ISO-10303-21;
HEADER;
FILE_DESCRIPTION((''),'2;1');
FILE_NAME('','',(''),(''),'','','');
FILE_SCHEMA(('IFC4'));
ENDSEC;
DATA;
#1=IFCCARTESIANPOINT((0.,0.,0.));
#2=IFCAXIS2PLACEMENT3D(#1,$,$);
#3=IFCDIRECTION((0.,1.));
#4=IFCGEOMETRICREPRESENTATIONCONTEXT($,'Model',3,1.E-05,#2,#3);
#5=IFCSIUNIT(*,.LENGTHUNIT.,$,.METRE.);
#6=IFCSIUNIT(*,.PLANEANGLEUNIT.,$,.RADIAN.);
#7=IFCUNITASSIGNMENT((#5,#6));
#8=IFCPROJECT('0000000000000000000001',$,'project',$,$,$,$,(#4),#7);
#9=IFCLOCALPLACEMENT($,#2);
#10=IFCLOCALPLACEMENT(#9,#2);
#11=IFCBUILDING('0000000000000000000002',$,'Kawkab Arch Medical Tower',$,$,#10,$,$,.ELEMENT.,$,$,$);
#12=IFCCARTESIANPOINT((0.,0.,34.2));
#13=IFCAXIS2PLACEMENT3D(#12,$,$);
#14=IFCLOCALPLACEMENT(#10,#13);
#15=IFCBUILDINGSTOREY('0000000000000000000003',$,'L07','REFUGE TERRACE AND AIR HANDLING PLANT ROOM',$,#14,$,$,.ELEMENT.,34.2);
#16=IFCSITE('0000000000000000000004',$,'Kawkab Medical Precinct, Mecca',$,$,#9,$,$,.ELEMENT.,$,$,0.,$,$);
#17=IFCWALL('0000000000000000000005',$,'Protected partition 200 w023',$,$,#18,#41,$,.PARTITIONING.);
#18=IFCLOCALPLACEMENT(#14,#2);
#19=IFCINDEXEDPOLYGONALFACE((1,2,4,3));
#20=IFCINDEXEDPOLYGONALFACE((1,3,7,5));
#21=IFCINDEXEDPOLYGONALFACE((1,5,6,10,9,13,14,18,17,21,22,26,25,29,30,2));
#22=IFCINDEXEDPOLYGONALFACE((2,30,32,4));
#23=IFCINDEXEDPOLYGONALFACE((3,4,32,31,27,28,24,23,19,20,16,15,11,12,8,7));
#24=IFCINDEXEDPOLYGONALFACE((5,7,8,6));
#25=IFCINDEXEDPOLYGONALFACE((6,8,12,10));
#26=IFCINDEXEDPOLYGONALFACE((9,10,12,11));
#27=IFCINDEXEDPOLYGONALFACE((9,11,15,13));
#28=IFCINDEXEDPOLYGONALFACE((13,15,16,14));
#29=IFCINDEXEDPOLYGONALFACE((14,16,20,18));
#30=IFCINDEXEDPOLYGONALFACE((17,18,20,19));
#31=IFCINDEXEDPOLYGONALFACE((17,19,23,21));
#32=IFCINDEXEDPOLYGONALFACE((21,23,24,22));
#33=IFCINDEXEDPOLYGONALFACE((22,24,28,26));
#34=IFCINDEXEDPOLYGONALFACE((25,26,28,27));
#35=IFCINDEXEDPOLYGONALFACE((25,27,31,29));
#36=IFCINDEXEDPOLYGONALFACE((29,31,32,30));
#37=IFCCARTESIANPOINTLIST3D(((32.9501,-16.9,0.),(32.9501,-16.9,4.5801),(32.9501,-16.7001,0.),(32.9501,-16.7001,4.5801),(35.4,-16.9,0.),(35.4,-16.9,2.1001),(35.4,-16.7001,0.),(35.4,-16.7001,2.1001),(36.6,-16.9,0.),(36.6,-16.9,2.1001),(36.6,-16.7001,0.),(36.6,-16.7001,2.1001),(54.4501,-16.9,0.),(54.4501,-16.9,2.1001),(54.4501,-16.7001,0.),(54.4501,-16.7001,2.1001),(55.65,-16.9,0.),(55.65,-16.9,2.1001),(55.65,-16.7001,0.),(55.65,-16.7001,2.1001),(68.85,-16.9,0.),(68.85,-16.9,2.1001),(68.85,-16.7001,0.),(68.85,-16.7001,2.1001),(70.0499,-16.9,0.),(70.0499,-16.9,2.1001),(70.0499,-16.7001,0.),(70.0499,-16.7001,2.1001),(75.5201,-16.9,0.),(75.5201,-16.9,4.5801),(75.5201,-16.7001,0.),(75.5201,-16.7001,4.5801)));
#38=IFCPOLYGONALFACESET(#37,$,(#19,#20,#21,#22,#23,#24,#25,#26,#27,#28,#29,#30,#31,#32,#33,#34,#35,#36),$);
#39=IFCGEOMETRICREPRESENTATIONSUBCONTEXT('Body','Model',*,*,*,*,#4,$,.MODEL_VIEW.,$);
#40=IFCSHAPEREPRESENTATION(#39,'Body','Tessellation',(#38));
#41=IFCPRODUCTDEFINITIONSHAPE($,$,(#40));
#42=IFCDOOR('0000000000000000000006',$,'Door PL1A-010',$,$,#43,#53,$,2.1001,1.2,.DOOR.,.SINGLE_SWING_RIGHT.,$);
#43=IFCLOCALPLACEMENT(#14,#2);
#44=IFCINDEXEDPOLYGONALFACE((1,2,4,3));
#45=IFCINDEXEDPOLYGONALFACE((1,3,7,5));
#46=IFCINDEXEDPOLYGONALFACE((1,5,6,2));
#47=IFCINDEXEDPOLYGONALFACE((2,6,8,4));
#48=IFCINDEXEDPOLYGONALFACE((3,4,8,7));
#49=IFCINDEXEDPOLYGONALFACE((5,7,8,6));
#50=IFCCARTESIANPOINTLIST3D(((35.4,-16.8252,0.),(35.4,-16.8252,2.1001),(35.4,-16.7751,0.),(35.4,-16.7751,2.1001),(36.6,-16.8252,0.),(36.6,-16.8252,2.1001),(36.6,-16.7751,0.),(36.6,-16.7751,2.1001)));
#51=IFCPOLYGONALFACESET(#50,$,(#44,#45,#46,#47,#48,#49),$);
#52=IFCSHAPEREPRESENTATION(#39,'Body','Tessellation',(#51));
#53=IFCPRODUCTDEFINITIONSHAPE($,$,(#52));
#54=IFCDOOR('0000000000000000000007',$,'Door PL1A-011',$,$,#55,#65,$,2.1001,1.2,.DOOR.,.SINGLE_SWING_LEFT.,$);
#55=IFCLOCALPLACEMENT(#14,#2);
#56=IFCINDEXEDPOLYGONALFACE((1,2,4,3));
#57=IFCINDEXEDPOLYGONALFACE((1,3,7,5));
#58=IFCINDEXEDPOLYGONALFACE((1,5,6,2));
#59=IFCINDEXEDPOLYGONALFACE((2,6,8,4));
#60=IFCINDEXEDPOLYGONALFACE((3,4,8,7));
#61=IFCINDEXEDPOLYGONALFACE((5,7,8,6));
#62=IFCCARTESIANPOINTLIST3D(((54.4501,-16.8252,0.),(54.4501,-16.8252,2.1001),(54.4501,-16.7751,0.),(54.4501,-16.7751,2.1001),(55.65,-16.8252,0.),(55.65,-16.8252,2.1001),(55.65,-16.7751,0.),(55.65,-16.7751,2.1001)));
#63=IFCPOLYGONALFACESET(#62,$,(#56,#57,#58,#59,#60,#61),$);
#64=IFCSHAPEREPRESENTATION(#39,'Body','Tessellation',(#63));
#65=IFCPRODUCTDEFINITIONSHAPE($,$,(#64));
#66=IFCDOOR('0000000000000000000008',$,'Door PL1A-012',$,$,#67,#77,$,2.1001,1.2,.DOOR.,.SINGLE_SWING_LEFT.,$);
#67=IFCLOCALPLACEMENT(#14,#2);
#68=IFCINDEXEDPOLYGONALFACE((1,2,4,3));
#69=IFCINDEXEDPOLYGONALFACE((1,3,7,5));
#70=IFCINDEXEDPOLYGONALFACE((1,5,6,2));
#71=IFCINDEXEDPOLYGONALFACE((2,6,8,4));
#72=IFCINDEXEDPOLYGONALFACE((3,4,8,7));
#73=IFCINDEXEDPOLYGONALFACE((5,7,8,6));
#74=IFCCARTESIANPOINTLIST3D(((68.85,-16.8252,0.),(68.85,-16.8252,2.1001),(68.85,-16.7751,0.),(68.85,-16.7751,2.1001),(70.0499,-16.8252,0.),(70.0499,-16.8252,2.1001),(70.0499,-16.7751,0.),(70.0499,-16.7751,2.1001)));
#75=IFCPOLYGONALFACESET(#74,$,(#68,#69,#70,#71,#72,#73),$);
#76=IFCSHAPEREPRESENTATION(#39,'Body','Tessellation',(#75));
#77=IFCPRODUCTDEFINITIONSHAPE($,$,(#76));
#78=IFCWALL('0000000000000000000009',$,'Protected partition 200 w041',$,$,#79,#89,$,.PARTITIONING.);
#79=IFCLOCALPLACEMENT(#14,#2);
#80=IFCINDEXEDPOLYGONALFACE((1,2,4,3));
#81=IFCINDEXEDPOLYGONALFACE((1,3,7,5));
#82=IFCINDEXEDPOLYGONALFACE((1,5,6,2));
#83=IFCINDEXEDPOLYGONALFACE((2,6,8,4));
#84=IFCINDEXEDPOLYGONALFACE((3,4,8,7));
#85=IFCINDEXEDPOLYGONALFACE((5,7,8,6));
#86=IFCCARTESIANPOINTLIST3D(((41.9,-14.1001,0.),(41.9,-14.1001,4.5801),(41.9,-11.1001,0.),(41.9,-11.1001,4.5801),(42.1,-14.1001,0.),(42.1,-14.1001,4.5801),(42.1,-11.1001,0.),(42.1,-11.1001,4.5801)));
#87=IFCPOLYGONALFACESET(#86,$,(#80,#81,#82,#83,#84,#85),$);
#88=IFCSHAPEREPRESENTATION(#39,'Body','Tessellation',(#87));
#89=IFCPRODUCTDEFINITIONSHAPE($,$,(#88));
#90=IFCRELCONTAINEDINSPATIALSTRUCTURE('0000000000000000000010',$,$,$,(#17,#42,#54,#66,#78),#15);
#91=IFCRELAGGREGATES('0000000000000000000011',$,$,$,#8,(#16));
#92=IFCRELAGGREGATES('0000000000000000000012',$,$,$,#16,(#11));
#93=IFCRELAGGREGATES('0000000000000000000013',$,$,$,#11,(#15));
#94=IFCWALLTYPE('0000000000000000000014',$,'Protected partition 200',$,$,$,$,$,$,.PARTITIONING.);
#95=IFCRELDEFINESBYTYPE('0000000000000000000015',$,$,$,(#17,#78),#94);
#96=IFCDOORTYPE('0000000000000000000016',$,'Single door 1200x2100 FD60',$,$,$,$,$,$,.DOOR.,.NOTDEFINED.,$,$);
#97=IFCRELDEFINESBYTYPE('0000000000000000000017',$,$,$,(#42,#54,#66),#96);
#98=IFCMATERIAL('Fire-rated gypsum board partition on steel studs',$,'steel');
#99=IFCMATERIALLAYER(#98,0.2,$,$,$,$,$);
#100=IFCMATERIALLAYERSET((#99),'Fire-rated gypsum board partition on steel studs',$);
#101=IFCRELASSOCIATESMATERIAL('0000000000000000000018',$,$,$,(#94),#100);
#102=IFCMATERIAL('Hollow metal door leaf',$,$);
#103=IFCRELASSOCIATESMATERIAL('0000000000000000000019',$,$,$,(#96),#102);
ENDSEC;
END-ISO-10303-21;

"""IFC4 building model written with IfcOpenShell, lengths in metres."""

from ifc_helpers import new_model, si_unit, direction, frame, frame_2d, origin, place, context, subcontext, project, spatial, rectangle, extrude, material, layer, layer_set, type_object, element, fill, save


model = new_model("IFC4")

# Units and contexts
model_context = context("Model", 3, precision=1e-05, world=origin(), true_north=direction((0.0, 1.0)))
body_context = subcontext(model_context, "Body", "Model", "MODEL_VIEW")
ifc_project = project(units=[si_unit("LENGTHUNIT", "METRE"), si_unit("PLANEANGLEUNIT", "RADIAN")], contexts=[model_context])

# Site, building, storey
site_placement = place(None, origin())
site = spatial("IfcSite", under=ifc_project, at=site_placement, Name="Kawkab Medical Precinct, Mecca", CompositionType="ELEMENT", RefElevation=0.0)
building_placement = place(site_placement, origin())
building = spatial("IfcBuilding", under=site, at=building_placement, Name="Kawkab Arch Medical Tower", CompositionType="ELEMENT")
storey_placement = place(building_placement, frame((0.0, 0.0, 34.2)))
storey = spatial("IfcBuildingStorey", under=building, at=storey_placement, Name="L07", Description="REFUGE TERRACE AND AIR HANDLING PLANT ROOM", CompositionType="ELEMENT", Elevation=34.2)

# Wall, openings, doors
ifc_material_1 = material(Name="Fire-rated gypsum board partition on steel studs", Category="steel")
ifc_layer_1 = layer(ifc_material_1, 0.2)
ifc_layer_set_1 = layer_set([ifc_layer_1], Name="Fire-rated gypsum board partition on steel studs")
wall_type_1 = type_object("IfcWallType", Name="Protected partition 200", PredefinedType="PARTITIONING", material=ifc_layer_set_1)
wall_1_placement = place(storey_placement, frame((32.95, -16.8, 0.0), z_axis=(0.0, 0.0, 1.0), x_axis=(1.0, 0.0, 0.0)))
wall_1 = element("IfcWall", 1, at=wall_1_placement, inside=storey, type_object=wall_type_1, Name="Protected partition 200 w023", PredefinedType="PARTITIONING", context=body_context, shape_type="SweptSolid", body=[
    extrude(rectangle(XDim=42.5701, YDim=0.2, at=frame_2d((21.2852, 0.0))), origin(), (0.0, 0.0, 1.0), 4.5801),
])
opening_1_placement = place(wall_1_placement, frame((2.45, 0.0, 0.0)))
opening_1 = element("IfcOpeningElement", 2, at=opening_1_placement, cuts=wall_1, PredefinedType="OPENING", context=body_context, shape_type="SweptSolid", body=[
    extrude(rectangle(XDim=1.2, YDim=2.1001, at=frame_2d((0.6001, 1.05))), frame((0.0, 0.1099, 0.0), z_axis=(0.0, -1.0, 0.0), x_axis=(1.0, 0.0, 0.0)), (0.0, 0.0, 1.0), 0.22),
])
opening_2_placement = place(wall_1_placement, frame((21.5, 0.0, 0.0)))
opening_2 = element("IfcOpeningElement", 3, at=opening_2_placement, cuts=wall_1, PredefinedType="OPENING", context=body_context, shape_type="SweptSolid", body=[
    extrude(rectangle(XDim=1.2, YDim=2.1001, at=frame_2d((0.6001, 1.05))), frame((0.0, 0.1099, 0.0), z_axis=(0.0, -1.0, 0.0), x_axis=(1.0, 0.0, 0.0)), (0.0, 0.0, 1.0), 0.22),
])
opening_3_placement = place(wall_1_placement, frame((35.8999, 0.0, 0.0)))
opening_3 = element("IfcOpeningElement", 4, at=opening_3_placement, cuts=wall_1, PredefinedType="OPENING", context=body_context, shape_type="SweptSolid", body=[
    extrude(rectangle(XDim=1.2, YDim=2.1001, at=frame_2d((0.6001, 1.05))), frame((0.0, 0.1099, 0.0), z_axis=(0.0, -1.0, 0.0), x_axis=(1.0, 0.0, 0.0)), (0.0, 0.0, 1.0), 0.22),
])
ifc_material_2 = material(Name="Hollow metal door leaf")
door_type_1 = type_object("IfcDoorType", Name="Single door 1200x2100 FD60", OperationType="NOTDEFINED", PredefinedType="DOOR", material=ifc_material_2)
door_1_placement = place(opening_1_placement, origin())
door_1 = element("IfcDoor", 5, at=door_1_placement, inside=storey, type_object=door_type_1, Name="Door PL1A-010", OperationType="SINGLE_SWING_RIGHT", OverallHeight=2.1001, OverallWidth=1.2, PredefinedType="DOOR", context=body_context, shape_type="SweptSolid", body=[
    extrude(rectangle(XDim=1.2, YDim=2.1001, at=frame_2d((0.6001, 1.05))), frame((0.0, 0.0249, 0.0), z_axis=(0.0, -1.0, 0.0), x_axis=(1.0, 0.0, 0.0)), (0.0, 0.0, 1.0), 0.05),
])
fill(opening_1, door_1)
door_2_placement = place(opening_2_placement, origin())
door_2 = element("IfcDoor", 6, at=door_2_placement, inside=storey, type_object=door_type_1, Name="Door PL1A-011", OperationType="SINGLE_SWING_LEFT", OverallHeight=2.1001, OverallWidth=1.2, PredefinedType="DOOR", context=body_context, shape_type="SweptSolid", body=[
    extrude(rectangle(XDim=1.2, YDim=2.1001, at=frame_2d((0.6001, 1.05))), frame((0.0, 0.0249, 0.0), z_axis=(0.0, -1.0, 0.0), x_axis=(1.0, 0.0, 0.0)), (0.0, 0.0, 1.0), 0.05),
])
fill(opening_2, door_2)
door_3_placement = place(opening_3_placement, origin())
door_3 = element("IfcDoor", 7, at=door_3_placement, inside=storey, type_object=door_type_1, Name="Door PL1A-012", OperationType="SINGLE_SWING_LEFT", OverallHeight=2.1001, OverallWidth=1.2, PredefinedType="DOOR", context=body_context, shape_type="SweptSolid", body=[
    extrude(rectangle(XDim=1.2, YDim=2.1001, at=frame_2d((0.6001, 1.05))), frame((0.0, 0.0249, 0.0), z_axis=(0.0, -1.0, 0.0), x_axis=(1.0, 0.0, 0.0)), (0.0, 0.0, 1.0), 0.05),
])
fill(opening_3, door_3)

# Wall
wall_2_placement = place(storey_placement, frame((42.0, -14.1001, 0.0), z_axis=(0.0, 0.0, 1.0), x_axis=(0.0, 1.0, 0.0)))
element("IfcWall", 8, at=wall_2_placement, inside=storey, type_object=wall_type_1, Name="Protected partition 200 w041", PredefinedType="PARTITIONING", context=body_context, shape_type="SweptSolid", body=[
    extrude(rectangle(XDim=3.0, YDim=0.2, at=frame_2d((1.5, 0.0))), origin(), (0.0, 0.0, 1.0), 4.5801),
])

save(model, "model.ifc")
